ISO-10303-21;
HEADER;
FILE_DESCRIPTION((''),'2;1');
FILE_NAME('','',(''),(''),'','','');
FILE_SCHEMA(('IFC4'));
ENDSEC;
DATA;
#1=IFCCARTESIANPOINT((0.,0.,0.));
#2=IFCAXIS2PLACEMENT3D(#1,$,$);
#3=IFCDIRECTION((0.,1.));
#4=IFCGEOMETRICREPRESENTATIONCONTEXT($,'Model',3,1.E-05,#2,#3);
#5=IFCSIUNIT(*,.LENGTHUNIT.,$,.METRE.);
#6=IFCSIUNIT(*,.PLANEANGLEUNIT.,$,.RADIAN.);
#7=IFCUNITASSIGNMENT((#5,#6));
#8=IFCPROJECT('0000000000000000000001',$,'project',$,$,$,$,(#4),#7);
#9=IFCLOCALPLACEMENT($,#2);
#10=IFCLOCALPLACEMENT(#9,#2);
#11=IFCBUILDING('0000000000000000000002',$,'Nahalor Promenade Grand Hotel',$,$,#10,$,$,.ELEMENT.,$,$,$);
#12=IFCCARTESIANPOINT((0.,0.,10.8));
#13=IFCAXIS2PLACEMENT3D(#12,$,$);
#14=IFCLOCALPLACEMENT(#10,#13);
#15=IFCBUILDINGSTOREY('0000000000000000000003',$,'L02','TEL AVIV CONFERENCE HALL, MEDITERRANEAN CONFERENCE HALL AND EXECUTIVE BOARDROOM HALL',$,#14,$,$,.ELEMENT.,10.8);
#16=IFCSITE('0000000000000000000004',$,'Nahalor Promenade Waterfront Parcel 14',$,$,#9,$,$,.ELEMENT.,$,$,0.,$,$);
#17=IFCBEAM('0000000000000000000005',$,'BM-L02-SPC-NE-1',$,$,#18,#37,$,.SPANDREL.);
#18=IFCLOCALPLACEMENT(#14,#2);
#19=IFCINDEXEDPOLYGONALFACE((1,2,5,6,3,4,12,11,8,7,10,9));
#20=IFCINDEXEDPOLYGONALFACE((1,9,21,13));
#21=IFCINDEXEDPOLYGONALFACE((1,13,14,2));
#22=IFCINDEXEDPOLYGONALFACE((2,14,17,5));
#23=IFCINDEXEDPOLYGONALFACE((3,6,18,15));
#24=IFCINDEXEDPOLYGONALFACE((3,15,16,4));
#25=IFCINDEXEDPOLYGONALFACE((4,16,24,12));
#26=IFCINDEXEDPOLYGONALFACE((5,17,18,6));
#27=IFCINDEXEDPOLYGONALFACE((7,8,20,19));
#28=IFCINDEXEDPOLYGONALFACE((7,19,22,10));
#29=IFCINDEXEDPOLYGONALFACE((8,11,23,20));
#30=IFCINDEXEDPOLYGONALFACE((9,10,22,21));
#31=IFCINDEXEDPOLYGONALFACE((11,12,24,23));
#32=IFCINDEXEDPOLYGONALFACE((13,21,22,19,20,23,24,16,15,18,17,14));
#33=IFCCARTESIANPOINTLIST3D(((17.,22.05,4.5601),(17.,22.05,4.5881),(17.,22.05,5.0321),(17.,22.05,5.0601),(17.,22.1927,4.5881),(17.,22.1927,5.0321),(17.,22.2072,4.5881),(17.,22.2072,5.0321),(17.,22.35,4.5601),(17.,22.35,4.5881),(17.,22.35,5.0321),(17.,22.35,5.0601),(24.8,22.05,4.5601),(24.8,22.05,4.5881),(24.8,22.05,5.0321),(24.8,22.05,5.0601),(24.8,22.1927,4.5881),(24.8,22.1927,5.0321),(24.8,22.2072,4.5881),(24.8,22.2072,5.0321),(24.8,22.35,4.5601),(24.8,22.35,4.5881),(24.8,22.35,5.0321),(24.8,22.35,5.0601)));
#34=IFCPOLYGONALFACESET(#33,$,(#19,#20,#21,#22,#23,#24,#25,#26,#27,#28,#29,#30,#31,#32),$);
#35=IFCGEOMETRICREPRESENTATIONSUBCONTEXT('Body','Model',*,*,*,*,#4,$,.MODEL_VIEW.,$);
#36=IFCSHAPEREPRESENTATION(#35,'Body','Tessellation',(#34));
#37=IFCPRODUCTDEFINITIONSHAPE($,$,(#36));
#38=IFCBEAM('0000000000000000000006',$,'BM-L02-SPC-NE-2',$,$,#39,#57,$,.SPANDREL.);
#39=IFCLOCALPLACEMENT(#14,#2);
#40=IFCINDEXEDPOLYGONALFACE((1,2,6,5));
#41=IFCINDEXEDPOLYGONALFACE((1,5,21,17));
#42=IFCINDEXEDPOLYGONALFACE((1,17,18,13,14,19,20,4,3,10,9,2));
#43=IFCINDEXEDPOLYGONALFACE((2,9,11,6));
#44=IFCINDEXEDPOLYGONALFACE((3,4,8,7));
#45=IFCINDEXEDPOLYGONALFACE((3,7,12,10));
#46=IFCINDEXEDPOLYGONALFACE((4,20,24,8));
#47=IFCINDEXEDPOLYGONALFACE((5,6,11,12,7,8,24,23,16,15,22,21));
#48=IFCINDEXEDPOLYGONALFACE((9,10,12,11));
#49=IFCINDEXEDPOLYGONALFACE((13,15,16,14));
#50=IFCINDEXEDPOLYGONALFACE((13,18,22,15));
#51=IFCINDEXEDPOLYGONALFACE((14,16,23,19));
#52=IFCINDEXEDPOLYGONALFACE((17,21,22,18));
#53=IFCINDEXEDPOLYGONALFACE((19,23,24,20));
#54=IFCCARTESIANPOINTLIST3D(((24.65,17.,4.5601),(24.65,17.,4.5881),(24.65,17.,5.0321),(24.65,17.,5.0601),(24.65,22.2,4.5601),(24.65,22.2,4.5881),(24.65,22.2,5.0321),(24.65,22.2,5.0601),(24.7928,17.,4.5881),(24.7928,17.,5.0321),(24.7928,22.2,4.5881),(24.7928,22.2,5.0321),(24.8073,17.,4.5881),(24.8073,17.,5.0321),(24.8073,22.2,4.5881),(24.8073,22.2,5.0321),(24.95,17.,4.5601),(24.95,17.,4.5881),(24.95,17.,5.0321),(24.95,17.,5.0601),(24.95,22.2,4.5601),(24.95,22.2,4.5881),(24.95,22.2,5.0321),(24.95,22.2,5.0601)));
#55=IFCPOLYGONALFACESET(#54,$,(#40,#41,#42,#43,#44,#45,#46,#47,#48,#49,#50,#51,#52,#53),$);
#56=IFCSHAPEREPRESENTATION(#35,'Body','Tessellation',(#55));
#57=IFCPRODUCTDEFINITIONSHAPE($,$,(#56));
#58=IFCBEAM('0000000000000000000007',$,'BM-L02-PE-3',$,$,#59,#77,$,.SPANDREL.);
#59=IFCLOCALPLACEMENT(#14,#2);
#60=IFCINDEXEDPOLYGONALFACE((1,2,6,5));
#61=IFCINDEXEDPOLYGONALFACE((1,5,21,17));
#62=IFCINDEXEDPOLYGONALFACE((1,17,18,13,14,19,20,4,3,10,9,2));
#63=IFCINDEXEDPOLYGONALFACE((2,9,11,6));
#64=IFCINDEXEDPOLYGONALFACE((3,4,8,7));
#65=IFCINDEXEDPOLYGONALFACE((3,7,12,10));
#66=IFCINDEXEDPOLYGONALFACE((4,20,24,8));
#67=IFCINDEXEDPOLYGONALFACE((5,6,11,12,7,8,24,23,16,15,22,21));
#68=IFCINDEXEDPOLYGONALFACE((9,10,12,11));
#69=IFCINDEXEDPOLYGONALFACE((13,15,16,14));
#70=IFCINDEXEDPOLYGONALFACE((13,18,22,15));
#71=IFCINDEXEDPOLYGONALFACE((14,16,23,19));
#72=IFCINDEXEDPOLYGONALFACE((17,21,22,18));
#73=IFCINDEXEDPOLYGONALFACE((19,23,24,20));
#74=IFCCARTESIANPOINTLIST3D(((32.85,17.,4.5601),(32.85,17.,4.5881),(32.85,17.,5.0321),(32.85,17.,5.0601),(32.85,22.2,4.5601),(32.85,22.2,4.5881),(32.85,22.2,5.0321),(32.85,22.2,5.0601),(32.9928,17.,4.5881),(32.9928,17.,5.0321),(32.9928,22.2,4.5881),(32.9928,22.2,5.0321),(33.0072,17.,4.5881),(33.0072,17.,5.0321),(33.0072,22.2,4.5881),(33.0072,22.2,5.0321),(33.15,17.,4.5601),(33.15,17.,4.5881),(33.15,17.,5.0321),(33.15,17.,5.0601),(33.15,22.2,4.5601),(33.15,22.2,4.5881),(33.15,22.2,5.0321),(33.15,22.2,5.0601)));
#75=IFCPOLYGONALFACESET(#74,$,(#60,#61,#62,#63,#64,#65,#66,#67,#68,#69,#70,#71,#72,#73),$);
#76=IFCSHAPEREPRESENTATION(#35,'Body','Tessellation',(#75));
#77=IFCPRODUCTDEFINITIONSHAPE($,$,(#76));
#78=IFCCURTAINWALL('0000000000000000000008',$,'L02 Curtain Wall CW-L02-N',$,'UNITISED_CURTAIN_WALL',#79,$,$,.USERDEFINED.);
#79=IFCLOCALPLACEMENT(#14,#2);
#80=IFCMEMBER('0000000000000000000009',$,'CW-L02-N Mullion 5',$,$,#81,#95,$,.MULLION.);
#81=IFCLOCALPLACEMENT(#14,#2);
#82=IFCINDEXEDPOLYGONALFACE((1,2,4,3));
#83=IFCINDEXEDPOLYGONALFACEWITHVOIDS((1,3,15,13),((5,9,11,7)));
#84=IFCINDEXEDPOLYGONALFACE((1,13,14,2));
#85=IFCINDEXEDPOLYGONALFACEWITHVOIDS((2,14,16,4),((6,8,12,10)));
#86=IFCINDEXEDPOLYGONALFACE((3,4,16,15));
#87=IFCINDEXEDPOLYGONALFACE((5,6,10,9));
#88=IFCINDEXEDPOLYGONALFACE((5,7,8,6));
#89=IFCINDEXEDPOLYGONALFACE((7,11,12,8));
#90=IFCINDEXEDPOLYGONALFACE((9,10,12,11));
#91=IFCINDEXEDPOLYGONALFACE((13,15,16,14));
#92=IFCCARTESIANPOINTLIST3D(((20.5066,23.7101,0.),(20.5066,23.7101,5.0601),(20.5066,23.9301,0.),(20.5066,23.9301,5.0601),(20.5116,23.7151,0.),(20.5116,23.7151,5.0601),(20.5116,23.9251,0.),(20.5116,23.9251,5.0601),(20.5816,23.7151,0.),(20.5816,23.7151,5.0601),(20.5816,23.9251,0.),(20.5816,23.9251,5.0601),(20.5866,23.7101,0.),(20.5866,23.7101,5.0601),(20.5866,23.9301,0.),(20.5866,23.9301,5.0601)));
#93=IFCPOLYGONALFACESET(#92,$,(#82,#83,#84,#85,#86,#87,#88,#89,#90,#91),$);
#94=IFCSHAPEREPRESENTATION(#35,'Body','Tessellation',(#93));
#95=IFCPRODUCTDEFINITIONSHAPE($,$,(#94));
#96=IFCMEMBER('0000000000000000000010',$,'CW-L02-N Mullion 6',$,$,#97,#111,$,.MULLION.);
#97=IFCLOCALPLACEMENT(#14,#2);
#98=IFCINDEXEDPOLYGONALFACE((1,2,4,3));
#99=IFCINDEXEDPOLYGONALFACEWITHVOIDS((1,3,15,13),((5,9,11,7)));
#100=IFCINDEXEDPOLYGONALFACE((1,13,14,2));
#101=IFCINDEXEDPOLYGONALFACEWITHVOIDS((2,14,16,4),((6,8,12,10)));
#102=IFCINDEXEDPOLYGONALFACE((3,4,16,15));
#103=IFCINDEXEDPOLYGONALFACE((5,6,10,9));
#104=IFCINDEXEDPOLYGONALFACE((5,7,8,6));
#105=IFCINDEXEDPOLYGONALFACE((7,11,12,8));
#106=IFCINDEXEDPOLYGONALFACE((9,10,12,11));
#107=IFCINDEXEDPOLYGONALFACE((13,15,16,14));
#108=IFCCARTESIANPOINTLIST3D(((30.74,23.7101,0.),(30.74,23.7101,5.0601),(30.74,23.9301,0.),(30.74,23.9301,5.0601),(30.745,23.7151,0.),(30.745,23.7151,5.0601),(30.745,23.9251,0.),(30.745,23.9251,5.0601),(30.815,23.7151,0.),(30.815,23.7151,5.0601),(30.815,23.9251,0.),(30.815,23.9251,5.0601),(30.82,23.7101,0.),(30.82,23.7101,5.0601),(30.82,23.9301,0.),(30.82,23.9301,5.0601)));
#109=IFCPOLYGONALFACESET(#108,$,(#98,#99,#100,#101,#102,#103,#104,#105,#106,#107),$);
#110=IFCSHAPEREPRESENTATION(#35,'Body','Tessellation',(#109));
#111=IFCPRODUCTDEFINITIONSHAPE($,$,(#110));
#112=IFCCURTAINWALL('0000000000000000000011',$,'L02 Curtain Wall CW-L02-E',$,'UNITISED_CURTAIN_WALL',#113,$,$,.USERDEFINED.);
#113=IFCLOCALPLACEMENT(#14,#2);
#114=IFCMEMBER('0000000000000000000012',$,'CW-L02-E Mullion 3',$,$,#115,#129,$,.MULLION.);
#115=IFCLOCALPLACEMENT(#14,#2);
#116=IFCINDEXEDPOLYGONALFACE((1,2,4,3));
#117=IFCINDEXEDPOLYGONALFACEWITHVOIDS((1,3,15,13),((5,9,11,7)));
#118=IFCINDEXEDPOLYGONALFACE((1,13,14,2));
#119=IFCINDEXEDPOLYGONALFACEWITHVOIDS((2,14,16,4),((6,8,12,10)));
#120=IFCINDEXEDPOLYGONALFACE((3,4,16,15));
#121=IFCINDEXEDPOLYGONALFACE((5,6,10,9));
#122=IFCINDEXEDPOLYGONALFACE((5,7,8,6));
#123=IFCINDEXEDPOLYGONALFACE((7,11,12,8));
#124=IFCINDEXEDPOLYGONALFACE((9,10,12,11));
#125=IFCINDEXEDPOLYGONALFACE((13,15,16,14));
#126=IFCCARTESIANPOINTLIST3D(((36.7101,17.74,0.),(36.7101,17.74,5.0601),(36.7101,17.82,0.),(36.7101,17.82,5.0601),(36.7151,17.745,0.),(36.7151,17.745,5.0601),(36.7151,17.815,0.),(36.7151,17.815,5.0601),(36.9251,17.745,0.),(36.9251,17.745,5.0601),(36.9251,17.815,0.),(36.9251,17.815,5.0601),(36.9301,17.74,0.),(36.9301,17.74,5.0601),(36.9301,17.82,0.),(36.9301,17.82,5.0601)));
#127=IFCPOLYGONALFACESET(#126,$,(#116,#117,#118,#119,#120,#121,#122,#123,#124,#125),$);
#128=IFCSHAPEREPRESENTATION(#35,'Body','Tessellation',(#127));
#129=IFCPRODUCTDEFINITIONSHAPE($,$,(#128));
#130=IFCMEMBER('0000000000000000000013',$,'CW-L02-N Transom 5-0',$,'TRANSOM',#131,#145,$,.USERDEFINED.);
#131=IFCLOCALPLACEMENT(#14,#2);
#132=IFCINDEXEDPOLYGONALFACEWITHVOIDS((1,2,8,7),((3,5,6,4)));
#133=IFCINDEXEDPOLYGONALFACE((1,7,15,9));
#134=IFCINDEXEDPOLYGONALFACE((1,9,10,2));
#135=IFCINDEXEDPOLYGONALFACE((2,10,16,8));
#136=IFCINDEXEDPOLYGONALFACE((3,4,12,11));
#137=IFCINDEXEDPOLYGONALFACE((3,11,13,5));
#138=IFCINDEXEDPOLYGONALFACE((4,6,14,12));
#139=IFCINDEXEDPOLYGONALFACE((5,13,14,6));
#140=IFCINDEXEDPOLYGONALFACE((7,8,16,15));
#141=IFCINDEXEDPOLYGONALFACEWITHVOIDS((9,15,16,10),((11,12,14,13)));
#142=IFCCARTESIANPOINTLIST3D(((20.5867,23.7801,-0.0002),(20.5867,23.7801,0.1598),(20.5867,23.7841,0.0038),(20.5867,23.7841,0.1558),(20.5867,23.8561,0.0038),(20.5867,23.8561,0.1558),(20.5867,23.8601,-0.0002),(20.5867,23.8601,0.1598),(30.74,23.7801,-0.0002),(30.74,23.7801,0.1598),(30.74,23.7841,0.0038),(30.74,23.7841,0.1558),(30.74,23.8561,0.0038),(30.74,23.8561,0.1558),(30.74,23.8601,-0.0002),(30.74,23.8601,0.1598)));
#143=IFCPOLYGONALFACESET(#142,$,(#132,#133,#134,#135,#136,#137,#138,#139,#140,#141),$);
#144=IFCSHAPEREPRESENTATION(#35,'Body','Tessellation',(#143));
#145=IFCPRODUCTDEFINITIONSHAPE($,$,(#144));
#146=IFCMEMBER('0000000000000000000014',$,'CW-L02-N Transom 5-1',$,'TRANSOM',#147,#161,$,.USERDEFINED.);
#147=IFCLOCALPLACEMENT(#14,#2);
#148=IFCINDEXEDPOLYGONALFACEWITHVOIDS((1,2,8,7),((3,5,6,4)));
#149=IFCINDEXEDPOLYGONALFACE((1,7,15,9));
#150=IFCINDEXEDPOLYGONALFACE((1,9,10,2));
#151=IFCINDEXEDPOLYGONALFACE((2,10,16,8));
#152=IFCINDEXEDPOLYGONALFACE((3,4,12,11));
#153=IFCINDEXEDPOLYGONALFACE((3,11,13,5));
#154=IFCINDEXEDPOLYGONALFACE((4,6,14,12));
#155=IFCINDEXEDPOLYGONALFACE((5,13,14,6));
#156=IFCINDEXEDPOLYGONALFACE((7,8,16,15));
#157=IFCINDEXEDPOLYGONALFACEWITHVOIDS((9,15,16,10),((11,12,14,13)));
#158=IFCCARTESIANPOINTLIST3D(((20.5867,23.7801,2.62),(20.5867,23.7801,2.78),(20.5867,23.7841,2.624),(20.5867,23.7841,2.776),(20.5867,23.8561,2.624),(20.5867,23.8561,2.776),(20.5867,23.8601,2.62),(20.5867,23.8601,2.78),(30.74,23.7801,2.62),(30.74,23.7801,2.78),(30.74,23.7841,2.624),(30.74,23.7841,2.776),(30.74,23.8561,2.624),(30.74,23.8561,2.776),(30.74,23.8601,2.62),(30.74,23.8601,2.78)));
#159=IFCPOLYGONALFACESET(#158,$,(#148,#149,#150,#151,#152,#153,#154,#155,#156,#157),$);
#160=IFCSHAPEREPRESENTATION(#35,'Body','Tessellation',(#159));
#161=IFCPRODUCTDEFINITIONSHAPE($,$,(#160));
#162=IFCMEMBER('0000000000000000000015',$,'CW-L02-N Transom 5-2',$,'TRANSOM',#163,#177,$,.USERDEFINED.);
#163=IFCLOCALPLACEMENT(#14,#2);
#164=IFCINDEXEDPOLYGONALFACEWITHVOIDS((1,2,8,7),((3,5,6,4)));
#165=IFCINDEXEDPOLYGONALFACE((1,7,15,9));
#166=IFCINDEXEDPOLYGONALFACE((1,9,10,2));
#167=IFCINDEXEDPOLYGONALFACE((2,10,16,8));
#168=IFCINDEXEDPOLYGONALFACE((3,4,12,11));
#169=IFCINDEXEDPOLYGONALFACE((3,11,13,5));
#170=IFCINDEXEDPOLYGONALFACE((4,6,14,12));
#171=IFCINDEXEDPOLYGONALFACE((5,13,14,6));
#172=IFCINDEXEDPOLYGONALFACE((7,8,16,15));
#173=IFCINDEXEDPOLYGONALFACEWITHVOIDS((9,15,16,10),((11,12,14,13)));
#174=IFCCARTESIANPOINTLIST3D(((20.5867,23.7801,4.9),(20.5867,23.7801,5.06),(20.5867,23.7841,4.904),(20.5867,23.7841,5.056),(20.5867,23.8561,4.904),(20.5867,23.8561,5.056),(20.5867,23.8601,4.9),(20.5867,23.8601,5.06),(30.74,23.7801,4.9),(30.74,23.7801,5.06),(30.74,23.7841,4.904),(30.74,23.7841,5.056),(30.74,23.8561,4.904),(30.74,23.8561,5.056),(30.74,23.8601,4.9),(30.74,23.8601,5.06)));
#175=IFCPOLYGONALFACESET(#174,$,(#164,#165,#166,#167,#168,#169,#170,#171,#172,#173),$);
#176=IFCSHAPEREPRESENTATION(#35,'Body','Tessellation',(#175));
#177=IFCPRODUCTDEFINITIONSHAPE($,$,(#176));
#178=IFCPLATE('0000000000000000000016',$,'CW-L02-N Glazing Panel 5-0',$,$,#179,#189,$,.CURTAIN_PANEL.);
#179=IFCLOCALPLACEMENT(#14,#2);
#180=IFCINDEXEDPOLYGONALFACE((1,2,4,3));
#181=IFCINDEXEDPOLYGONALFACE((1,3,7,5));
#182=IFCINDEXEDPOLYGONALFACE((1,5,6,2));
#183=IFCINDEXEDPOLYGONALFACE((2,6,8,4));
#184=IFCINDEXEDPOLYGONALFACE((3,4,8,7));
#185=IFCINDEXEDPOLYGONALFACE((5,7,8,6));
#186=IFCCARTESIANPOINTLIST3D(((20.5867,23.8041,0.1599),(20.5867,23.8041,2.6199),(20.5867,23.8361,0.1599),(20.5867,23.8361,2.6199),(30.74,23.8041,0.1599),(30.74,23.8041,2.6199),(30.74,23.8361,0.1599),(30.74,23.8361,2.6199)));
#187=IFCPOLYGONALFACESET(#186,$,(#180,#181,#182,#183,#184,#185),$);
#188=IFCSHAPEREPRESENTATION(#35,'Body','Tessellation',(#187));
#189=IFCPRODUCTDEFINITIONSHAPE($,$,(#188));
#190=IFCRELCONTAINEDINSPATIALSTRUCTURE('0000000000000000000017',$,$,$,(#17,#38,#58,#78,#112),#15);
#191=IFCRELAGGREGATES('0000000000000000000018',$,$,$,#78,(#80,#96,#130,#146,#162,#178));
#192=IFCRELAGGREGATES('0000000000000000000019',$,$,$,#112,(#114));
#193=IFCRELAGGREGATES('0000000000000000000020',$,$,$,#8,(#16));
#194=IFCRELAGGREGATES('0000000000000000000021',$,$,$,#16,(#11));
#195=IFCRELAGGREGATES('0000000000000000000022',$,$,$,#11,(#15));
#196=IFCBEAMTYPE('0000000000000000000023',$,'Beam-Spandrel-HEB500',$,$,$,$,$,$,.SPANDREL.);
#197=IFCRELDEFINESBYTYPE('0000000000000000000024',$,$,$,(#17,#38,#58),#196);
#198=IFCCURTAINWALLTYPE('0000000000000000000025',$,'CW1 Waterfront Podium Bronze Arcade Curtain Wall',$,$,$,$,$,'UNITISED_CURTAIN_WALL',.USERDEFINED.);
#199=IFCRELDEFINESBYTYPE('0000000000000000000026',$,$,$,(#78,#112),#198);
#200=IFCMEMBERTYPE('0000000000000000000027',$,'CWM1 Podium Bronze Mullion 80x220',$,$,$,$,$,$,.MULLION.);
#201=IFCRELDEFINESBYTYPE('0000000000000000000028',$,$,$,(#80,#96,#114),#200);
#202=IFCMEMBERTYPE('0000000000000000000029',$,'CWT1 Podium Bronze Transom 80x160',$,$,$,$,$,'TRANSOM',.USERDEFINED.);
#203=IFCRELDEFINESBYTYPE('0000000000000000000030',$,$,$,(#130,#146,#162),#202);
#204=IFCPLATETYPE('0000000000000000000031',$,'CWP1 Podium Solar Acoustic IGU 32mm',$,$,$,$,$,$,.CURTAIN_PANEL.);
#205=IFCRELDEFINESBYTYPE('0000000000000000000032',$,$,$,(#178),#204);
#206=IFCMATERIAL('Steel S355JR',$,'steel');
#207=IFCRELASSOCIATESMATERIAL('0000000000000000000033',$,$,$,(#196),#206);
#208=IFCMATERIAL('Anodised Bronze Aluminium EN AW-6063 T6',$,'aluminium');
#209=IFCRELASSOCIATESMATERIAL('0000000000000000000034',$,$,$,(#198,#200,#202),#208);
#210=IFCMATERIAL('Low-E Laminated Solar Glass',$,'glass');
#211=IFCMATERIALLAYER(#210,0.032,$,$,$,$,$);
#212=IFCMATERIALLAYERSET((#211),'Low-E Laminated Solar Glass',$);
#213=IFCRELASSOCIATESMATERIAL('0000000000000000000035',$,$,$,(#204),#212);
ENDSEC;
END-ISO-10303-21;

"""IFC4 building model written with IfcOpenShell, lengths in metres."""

from ifc_helpers import new_model, si_unit, direction, frame, origin, origin_2d, place, context, subcontext, project, spatial, rectangle, hollow_rectangle, i_section, extrude, source, transform, mapped, material, layer, layer_set, material_profile, profile_set, type_object, element, aggregate, save


model = new_model("IFC4")

# Units and contexts
model_context = context("Model", 3, precision=1e-05, world=origin(), true_north=direction((0.0, 1.0)))
body_context = subcontext(model_context, "Body", "Model", "MODEL_VIEW")
ifc_project = project(units=[si_unit("LENGTHUNIT", "METRE"), si_unit("PLANEANGLEUNIT", "RADIAN")], contexts=[model_context])

# Site, building, storey
site_placement = place(None, origin())
site = spatial("IfcSite", under=ifc_project, at=site_placement, Name="Nahalor Promenade Waterfront Parcel 14", CompositionType="ELEMENT", RefElevation=0.0)
building_placement = place(site_placement, origin())
building = spatial("IfcBuilding", under=site, at=building_placement, Name="Nahalor Promenade Grand Hotel", CompositionType="ELEMENT")
storey_placement = place(building_placement, frame((0.0, 0.0, 10.8)))
storey = spatial("IfcBuildingStorey", under=building, at=storey_placement, Name="L02", Description="TEL AVIV CONFERENCE HALL, MEDITERRANEAN CONFERENCE HALL AND EXECUTIVE BOARDROOM HALL", CompositionType="ELEMENT", Elevation=10.8)

# Beams
ifc_material_1 = material(Name="Steel S355JR", Category="steel")
ifc_material_profile_1 = material_profile(ifc_material_1, i_section(OverallWidth=0.3, OverallDepth=0.5, WebThickness=0.0145, FlangeThickness=0.028, at=origin_2d()), Name="HEB 500")
ifc_profile_set_1 = profile_set([ifc_material_profile_1], Name="Steel S355JR")
beam_type_1 = type_object("IfcBeamType", Name="Beam-Spandrel-HEB500", PredefinedType="SPANDREL", material=ifc_profile_set_1)
shared_shape_1 = source(origin(), body_context, "Body", "SweptSolid", [
    extrude(i_section(OverallWidth=0.3, OverallDepth=0.5, WebThickness=0.0145, FlangeThickness=0.028, at=origin_2d()), origin(), (0.0, 0.0, 1.0), 7.8),
])
beam_1_placement = place(storey_placement, frame((17.0, 22.2, 4.8101), z_axis=(1.0, 0.0, 0.0), x_axis=(0.0, 1.0, 0.0)))
element("IfcBeam", 1, at=beam_1_placement, inside=storey, type_object=beam_type_1, Name="BM-L02-SPC-NE-1", PredefinedType="SPANDREL", context=body_context, shape_type="MappedRepresentation", body=[
    mapped(shared_shape_1, transform((0.0, 0.0, 0.0), scale=1.0)),
])
shared_shape_2 = source(origin(), body_context, "Body", "SweptSolid", [
    extrude(i_section(OverallWidth=0.3, OverallDepth=0.5, WebThickness=0.0145, FlangeThickness=0.028, at=origin_2d()), origin(), (0.0, 0.0, 1.0), 5.2),
])
for number, where, z_axis, x_axis, name in (
    (2, (24.8, 22.2, 4.8101), (0.0, -1.0, 0.0), (1.0, 0.0, 0.0), "BM-L02-SPC-NE-2"),
    (3, (33.0, 17.0, 4.8101), (0.0, 1.0, 0.0), (-1.0, 0.0, 0.0), "BM-L02-PE-3"),
):
    element("IfcBeam", number, at=place(storey_placement, frame(where, z_axis=z_axis, x_axis=x_axis)), inside=storey, type_object=beam_type_1, Name=name, PredefinedType="SPANDREL", context=body_context, shape_type="MappedRepresentation", body=[
        mapped(shared_shape_2, transform((0.0, 0.0, 0.0), scale=1.0)),
    ])

# Curtain wall, members
ifc_material_2 = material(Name="Anodised Bronze Aluminium EN AW-6063 T6", Category="aluminium")
curtain_wall_type = type_object("IfcCurtainWallType", Name="CW1 Waterfront Podium Bronze Arcade Curtain Wall", ElementType="UNITISED_CURTAIN_WALL", PredefinedType="USERDEFINED", material=ifc_material_2)
curtain_wall_1_placement = place(storey_placement, origin())
curtain_wall_1 = element("IfcCurtainWall", 4, at=curtain_wall_1_placement, inside=storey, type_object=curtain_wall_type, Name="L02 Curtain Wall CW-L02-N", ObjectType="UNITISED_CURTAIN_WALL", PredefinedType="USERDEFINED")
ifc_material_profile_2 = material_profile(ifc_material_2, hollow_rectangle(XDim=0.08, YDim=0.22, WallThickness=0.005, at=origin_2d()), Name="CWM 80x220x5")
ifc_profile_set_2 = profile_set([ifc_material_profile_2], Name="Anodised Bronze Aluminium EN AW-6063 T6")
member_type_1 = type_object("IfcMemberType", Name="CWM1 Podium Bronze Mullion 80x220", PredefinedType="MULLION", material=ifc_profile_set_2)
shared_shape_3 = source(origin(), body_context, "Body", "SweptSolid", [
    extrude(hollow_rectangle(XDim=0.08, YDim=0.22, WallThickness=0.005, at=origin_2d()), origin(), (0.0, 0.0, 1.0), 5.0601),
])
member_1_placement = place(storey_placement, frame((20.5466, 23.8201, 0.0), z_axis=(0.0, 0.0, 1.0), x_axis=(1.0, 0.0, 0.0)))
member_1 = element("IfcMember", 5, at=member_1_placement, type_object=member_type_1, Name="CW-L02-N Mullion 5", PredefinedType="MULLION", context=body_context, shape_type="MappedRepresentation", body=[
    mapped(shared_shape_3, transform((0.0, 0.0, 0.0), scale=1.0)),
])
member_2_placement = place(storey_placement, frame((30.78, 23.8201, 0.0), z_axis=(0.0, 0.0, 1.0), x_axis=(1.0, 0.0, 0.0)))
member_2 = element("IfcMember", 6, at=member_2_placement, type_object=member_type_1, Name="CW-L02-N Mullion 6", PredefinedType="MULLION", context=body_context, shape_type="MappedRepresentation", body=[
    mapped(shared_shape_3, transform((0.0, 0.0, 0.0), scale=1.0)),
])

# Curtain wall, member
curtain_wall_2_placement = place(storey_placement, origin())
curtain_wall_2 = element("IfcCurtainWall", 7, at=curtain_wall_2_placement, inside=storey, type_object=curtain_wall_type, Name="L02 Curtain Wall CW-L02-E", ObjectType="UNITISED_CURTAIN_WALL", PredefinedType="USERDEFINED")
member_3_placement = place(storey_placement, frame((36.8201, 17.78, 0.0), z_axis=(0.0, 0.0, 1.0), x_axis=(0.0, 1.0, 0.0)))
member_3 = element("IfcMember", 8, at=member_3_placement, type_object=member_type_1, Name="CW-L02-E Mullion 3", PredefinedType="MULLION", context=body_context, shape_type="MappedRepresentation", body=[
    mapped(shared_shape_3, transform((0.0, 0.0, 0.0), scale=1.0)),
])

# Members
ifc_material_profile_3 = material_profile(ifc_material_2, hollow_rectangle(XDim=0.08, YDim=0.16, WallThickness=0.004, at=origin_2d()), Name="CWT 80x160x4")
ifc_profile_set_3 = profile_set([ifc_material_profile_3], Name="Anodised Bronze Aluminium EN AW-6063 T6")
member_type_2 = type_object("IfcMemberType", Name="CWT1 Podium Bronze Transom 80x160", ElementType="TRANSOM", PredefinedType="USERDEFINED", material=ifc_profile_set_3)
shared_shape_4 = source(origin(), body_context, "Body", "SweptSolid", [
    extrude(hollow_rectangle(XDim=0.08, YDim=0.16, WallThickness=0.004, at=origin_2d()), origin(), (0.0, 0.0, 1.0), 10.1533),
])
member_4_placement = place(storey_placement, frame((20.5867, 23.8201, 0.0798), z_axis=(1.0, 0.0, 0.0), x_axis=(0.0, 1.0, 0.0)))
member_4 = element("IfcMember", 9, at=member_4_placement, type_object=member_type_2, Name="CW-L02-N Transom 5-0", ObjectType="TRANSOM", PredefinedType="USERDEFINED", context=body_context, shape_type="MappedRepresentation", body=[
    mapped(shared_shape_4, transform((0.0, 0.0, 0.0), scale=1.0)),
])
member_5_placement = place(storey_placement, frame((20.5867, 23.8201, 2.7), z_axis=(1.0, 0.0, 0.0), x_axis=(0.0, 1.0, 0.0)))
member_5 = element("IfcMember", 10, at=member_5_placement, type_object=member_type_2, Name="CW-L02-N Transom 5-1", ObjectType="TRANSOM", PredefinedType="USERDEFINED", context=body_context, shape_type="MappedRepresentation", body=[
    mapped(shared_shape_4, transform((0.0, 0.0, 0.0), scale=1.0)),
])
member_6_placement = place(storey_placement, frame((20.5867, 23.8201, 4.98), z_axis=(1.0, 0.0, 0.0), x_axis=(0.0, 1.0, 0.0)))
member_6 = element("IfcMember", 11, at=member_6_placement, type_object=member_type_2, Name="CW-L02-N Transom 5-2", ObjectType="TRANSOM", PredefinedType="USERDEFINED", context=body_context, shape_type="MappedRepresentation", body=[
    mapped(shared_shape_4, transform((0.0, 0.0, 0.0), scale=1.0)),
])

# Plate
ifc_material_3 = material(Name="Low-E Laminated Solar Glass", Category="glass")
ifc_layer_1 = layer(ifc_material_3, 0.032)
ifc_layer_set_1 = layer_set([ifc_layer_1], Name="Low-E Laminated Solar Glass")
plate_type = type_object("IfcPlateType", Name="CWP1 Podium Solar Acoustic IGU 32mm", PredefinedType="CURTAIN_PANEL", material=ifc_layer_set_1)
shared_shape_5 = source(origin(), body_context, "Body", "SweptSolid", [
    extrude(rectangle(XDim=10.1533, YDim=0.032, at=origin_2d()), origin(), (0.0, 0.0, 1.0), 2.46),
])
plate_1_placement = place(storey_placement, frame((25.6633, 23.8201, 0.1599), z_axis=(0.0, 0.0, 1.0), x_axis=(1.0, 0.0, 0.0)))
plate_1 = element("IfcPlate", 12, at=plate_1_placement, type_object=plate_type, Name="CW-L02-N Glazing Panel 5-0", PredefinedType="CURTAIN_PANEL", context=body_context, shape_type="MappedRepresentation", body=[
    mapped(shared_shape_5, transform((0.0, 0.0, 0.0), scale=1.0)),
])
aggregate(curtain_wall_1, [member_1, member_2, member_4, member_5, member_6, plate_1])
aggregate(curtain_wall_2, [member_3])

save(model, "model.ifc")
